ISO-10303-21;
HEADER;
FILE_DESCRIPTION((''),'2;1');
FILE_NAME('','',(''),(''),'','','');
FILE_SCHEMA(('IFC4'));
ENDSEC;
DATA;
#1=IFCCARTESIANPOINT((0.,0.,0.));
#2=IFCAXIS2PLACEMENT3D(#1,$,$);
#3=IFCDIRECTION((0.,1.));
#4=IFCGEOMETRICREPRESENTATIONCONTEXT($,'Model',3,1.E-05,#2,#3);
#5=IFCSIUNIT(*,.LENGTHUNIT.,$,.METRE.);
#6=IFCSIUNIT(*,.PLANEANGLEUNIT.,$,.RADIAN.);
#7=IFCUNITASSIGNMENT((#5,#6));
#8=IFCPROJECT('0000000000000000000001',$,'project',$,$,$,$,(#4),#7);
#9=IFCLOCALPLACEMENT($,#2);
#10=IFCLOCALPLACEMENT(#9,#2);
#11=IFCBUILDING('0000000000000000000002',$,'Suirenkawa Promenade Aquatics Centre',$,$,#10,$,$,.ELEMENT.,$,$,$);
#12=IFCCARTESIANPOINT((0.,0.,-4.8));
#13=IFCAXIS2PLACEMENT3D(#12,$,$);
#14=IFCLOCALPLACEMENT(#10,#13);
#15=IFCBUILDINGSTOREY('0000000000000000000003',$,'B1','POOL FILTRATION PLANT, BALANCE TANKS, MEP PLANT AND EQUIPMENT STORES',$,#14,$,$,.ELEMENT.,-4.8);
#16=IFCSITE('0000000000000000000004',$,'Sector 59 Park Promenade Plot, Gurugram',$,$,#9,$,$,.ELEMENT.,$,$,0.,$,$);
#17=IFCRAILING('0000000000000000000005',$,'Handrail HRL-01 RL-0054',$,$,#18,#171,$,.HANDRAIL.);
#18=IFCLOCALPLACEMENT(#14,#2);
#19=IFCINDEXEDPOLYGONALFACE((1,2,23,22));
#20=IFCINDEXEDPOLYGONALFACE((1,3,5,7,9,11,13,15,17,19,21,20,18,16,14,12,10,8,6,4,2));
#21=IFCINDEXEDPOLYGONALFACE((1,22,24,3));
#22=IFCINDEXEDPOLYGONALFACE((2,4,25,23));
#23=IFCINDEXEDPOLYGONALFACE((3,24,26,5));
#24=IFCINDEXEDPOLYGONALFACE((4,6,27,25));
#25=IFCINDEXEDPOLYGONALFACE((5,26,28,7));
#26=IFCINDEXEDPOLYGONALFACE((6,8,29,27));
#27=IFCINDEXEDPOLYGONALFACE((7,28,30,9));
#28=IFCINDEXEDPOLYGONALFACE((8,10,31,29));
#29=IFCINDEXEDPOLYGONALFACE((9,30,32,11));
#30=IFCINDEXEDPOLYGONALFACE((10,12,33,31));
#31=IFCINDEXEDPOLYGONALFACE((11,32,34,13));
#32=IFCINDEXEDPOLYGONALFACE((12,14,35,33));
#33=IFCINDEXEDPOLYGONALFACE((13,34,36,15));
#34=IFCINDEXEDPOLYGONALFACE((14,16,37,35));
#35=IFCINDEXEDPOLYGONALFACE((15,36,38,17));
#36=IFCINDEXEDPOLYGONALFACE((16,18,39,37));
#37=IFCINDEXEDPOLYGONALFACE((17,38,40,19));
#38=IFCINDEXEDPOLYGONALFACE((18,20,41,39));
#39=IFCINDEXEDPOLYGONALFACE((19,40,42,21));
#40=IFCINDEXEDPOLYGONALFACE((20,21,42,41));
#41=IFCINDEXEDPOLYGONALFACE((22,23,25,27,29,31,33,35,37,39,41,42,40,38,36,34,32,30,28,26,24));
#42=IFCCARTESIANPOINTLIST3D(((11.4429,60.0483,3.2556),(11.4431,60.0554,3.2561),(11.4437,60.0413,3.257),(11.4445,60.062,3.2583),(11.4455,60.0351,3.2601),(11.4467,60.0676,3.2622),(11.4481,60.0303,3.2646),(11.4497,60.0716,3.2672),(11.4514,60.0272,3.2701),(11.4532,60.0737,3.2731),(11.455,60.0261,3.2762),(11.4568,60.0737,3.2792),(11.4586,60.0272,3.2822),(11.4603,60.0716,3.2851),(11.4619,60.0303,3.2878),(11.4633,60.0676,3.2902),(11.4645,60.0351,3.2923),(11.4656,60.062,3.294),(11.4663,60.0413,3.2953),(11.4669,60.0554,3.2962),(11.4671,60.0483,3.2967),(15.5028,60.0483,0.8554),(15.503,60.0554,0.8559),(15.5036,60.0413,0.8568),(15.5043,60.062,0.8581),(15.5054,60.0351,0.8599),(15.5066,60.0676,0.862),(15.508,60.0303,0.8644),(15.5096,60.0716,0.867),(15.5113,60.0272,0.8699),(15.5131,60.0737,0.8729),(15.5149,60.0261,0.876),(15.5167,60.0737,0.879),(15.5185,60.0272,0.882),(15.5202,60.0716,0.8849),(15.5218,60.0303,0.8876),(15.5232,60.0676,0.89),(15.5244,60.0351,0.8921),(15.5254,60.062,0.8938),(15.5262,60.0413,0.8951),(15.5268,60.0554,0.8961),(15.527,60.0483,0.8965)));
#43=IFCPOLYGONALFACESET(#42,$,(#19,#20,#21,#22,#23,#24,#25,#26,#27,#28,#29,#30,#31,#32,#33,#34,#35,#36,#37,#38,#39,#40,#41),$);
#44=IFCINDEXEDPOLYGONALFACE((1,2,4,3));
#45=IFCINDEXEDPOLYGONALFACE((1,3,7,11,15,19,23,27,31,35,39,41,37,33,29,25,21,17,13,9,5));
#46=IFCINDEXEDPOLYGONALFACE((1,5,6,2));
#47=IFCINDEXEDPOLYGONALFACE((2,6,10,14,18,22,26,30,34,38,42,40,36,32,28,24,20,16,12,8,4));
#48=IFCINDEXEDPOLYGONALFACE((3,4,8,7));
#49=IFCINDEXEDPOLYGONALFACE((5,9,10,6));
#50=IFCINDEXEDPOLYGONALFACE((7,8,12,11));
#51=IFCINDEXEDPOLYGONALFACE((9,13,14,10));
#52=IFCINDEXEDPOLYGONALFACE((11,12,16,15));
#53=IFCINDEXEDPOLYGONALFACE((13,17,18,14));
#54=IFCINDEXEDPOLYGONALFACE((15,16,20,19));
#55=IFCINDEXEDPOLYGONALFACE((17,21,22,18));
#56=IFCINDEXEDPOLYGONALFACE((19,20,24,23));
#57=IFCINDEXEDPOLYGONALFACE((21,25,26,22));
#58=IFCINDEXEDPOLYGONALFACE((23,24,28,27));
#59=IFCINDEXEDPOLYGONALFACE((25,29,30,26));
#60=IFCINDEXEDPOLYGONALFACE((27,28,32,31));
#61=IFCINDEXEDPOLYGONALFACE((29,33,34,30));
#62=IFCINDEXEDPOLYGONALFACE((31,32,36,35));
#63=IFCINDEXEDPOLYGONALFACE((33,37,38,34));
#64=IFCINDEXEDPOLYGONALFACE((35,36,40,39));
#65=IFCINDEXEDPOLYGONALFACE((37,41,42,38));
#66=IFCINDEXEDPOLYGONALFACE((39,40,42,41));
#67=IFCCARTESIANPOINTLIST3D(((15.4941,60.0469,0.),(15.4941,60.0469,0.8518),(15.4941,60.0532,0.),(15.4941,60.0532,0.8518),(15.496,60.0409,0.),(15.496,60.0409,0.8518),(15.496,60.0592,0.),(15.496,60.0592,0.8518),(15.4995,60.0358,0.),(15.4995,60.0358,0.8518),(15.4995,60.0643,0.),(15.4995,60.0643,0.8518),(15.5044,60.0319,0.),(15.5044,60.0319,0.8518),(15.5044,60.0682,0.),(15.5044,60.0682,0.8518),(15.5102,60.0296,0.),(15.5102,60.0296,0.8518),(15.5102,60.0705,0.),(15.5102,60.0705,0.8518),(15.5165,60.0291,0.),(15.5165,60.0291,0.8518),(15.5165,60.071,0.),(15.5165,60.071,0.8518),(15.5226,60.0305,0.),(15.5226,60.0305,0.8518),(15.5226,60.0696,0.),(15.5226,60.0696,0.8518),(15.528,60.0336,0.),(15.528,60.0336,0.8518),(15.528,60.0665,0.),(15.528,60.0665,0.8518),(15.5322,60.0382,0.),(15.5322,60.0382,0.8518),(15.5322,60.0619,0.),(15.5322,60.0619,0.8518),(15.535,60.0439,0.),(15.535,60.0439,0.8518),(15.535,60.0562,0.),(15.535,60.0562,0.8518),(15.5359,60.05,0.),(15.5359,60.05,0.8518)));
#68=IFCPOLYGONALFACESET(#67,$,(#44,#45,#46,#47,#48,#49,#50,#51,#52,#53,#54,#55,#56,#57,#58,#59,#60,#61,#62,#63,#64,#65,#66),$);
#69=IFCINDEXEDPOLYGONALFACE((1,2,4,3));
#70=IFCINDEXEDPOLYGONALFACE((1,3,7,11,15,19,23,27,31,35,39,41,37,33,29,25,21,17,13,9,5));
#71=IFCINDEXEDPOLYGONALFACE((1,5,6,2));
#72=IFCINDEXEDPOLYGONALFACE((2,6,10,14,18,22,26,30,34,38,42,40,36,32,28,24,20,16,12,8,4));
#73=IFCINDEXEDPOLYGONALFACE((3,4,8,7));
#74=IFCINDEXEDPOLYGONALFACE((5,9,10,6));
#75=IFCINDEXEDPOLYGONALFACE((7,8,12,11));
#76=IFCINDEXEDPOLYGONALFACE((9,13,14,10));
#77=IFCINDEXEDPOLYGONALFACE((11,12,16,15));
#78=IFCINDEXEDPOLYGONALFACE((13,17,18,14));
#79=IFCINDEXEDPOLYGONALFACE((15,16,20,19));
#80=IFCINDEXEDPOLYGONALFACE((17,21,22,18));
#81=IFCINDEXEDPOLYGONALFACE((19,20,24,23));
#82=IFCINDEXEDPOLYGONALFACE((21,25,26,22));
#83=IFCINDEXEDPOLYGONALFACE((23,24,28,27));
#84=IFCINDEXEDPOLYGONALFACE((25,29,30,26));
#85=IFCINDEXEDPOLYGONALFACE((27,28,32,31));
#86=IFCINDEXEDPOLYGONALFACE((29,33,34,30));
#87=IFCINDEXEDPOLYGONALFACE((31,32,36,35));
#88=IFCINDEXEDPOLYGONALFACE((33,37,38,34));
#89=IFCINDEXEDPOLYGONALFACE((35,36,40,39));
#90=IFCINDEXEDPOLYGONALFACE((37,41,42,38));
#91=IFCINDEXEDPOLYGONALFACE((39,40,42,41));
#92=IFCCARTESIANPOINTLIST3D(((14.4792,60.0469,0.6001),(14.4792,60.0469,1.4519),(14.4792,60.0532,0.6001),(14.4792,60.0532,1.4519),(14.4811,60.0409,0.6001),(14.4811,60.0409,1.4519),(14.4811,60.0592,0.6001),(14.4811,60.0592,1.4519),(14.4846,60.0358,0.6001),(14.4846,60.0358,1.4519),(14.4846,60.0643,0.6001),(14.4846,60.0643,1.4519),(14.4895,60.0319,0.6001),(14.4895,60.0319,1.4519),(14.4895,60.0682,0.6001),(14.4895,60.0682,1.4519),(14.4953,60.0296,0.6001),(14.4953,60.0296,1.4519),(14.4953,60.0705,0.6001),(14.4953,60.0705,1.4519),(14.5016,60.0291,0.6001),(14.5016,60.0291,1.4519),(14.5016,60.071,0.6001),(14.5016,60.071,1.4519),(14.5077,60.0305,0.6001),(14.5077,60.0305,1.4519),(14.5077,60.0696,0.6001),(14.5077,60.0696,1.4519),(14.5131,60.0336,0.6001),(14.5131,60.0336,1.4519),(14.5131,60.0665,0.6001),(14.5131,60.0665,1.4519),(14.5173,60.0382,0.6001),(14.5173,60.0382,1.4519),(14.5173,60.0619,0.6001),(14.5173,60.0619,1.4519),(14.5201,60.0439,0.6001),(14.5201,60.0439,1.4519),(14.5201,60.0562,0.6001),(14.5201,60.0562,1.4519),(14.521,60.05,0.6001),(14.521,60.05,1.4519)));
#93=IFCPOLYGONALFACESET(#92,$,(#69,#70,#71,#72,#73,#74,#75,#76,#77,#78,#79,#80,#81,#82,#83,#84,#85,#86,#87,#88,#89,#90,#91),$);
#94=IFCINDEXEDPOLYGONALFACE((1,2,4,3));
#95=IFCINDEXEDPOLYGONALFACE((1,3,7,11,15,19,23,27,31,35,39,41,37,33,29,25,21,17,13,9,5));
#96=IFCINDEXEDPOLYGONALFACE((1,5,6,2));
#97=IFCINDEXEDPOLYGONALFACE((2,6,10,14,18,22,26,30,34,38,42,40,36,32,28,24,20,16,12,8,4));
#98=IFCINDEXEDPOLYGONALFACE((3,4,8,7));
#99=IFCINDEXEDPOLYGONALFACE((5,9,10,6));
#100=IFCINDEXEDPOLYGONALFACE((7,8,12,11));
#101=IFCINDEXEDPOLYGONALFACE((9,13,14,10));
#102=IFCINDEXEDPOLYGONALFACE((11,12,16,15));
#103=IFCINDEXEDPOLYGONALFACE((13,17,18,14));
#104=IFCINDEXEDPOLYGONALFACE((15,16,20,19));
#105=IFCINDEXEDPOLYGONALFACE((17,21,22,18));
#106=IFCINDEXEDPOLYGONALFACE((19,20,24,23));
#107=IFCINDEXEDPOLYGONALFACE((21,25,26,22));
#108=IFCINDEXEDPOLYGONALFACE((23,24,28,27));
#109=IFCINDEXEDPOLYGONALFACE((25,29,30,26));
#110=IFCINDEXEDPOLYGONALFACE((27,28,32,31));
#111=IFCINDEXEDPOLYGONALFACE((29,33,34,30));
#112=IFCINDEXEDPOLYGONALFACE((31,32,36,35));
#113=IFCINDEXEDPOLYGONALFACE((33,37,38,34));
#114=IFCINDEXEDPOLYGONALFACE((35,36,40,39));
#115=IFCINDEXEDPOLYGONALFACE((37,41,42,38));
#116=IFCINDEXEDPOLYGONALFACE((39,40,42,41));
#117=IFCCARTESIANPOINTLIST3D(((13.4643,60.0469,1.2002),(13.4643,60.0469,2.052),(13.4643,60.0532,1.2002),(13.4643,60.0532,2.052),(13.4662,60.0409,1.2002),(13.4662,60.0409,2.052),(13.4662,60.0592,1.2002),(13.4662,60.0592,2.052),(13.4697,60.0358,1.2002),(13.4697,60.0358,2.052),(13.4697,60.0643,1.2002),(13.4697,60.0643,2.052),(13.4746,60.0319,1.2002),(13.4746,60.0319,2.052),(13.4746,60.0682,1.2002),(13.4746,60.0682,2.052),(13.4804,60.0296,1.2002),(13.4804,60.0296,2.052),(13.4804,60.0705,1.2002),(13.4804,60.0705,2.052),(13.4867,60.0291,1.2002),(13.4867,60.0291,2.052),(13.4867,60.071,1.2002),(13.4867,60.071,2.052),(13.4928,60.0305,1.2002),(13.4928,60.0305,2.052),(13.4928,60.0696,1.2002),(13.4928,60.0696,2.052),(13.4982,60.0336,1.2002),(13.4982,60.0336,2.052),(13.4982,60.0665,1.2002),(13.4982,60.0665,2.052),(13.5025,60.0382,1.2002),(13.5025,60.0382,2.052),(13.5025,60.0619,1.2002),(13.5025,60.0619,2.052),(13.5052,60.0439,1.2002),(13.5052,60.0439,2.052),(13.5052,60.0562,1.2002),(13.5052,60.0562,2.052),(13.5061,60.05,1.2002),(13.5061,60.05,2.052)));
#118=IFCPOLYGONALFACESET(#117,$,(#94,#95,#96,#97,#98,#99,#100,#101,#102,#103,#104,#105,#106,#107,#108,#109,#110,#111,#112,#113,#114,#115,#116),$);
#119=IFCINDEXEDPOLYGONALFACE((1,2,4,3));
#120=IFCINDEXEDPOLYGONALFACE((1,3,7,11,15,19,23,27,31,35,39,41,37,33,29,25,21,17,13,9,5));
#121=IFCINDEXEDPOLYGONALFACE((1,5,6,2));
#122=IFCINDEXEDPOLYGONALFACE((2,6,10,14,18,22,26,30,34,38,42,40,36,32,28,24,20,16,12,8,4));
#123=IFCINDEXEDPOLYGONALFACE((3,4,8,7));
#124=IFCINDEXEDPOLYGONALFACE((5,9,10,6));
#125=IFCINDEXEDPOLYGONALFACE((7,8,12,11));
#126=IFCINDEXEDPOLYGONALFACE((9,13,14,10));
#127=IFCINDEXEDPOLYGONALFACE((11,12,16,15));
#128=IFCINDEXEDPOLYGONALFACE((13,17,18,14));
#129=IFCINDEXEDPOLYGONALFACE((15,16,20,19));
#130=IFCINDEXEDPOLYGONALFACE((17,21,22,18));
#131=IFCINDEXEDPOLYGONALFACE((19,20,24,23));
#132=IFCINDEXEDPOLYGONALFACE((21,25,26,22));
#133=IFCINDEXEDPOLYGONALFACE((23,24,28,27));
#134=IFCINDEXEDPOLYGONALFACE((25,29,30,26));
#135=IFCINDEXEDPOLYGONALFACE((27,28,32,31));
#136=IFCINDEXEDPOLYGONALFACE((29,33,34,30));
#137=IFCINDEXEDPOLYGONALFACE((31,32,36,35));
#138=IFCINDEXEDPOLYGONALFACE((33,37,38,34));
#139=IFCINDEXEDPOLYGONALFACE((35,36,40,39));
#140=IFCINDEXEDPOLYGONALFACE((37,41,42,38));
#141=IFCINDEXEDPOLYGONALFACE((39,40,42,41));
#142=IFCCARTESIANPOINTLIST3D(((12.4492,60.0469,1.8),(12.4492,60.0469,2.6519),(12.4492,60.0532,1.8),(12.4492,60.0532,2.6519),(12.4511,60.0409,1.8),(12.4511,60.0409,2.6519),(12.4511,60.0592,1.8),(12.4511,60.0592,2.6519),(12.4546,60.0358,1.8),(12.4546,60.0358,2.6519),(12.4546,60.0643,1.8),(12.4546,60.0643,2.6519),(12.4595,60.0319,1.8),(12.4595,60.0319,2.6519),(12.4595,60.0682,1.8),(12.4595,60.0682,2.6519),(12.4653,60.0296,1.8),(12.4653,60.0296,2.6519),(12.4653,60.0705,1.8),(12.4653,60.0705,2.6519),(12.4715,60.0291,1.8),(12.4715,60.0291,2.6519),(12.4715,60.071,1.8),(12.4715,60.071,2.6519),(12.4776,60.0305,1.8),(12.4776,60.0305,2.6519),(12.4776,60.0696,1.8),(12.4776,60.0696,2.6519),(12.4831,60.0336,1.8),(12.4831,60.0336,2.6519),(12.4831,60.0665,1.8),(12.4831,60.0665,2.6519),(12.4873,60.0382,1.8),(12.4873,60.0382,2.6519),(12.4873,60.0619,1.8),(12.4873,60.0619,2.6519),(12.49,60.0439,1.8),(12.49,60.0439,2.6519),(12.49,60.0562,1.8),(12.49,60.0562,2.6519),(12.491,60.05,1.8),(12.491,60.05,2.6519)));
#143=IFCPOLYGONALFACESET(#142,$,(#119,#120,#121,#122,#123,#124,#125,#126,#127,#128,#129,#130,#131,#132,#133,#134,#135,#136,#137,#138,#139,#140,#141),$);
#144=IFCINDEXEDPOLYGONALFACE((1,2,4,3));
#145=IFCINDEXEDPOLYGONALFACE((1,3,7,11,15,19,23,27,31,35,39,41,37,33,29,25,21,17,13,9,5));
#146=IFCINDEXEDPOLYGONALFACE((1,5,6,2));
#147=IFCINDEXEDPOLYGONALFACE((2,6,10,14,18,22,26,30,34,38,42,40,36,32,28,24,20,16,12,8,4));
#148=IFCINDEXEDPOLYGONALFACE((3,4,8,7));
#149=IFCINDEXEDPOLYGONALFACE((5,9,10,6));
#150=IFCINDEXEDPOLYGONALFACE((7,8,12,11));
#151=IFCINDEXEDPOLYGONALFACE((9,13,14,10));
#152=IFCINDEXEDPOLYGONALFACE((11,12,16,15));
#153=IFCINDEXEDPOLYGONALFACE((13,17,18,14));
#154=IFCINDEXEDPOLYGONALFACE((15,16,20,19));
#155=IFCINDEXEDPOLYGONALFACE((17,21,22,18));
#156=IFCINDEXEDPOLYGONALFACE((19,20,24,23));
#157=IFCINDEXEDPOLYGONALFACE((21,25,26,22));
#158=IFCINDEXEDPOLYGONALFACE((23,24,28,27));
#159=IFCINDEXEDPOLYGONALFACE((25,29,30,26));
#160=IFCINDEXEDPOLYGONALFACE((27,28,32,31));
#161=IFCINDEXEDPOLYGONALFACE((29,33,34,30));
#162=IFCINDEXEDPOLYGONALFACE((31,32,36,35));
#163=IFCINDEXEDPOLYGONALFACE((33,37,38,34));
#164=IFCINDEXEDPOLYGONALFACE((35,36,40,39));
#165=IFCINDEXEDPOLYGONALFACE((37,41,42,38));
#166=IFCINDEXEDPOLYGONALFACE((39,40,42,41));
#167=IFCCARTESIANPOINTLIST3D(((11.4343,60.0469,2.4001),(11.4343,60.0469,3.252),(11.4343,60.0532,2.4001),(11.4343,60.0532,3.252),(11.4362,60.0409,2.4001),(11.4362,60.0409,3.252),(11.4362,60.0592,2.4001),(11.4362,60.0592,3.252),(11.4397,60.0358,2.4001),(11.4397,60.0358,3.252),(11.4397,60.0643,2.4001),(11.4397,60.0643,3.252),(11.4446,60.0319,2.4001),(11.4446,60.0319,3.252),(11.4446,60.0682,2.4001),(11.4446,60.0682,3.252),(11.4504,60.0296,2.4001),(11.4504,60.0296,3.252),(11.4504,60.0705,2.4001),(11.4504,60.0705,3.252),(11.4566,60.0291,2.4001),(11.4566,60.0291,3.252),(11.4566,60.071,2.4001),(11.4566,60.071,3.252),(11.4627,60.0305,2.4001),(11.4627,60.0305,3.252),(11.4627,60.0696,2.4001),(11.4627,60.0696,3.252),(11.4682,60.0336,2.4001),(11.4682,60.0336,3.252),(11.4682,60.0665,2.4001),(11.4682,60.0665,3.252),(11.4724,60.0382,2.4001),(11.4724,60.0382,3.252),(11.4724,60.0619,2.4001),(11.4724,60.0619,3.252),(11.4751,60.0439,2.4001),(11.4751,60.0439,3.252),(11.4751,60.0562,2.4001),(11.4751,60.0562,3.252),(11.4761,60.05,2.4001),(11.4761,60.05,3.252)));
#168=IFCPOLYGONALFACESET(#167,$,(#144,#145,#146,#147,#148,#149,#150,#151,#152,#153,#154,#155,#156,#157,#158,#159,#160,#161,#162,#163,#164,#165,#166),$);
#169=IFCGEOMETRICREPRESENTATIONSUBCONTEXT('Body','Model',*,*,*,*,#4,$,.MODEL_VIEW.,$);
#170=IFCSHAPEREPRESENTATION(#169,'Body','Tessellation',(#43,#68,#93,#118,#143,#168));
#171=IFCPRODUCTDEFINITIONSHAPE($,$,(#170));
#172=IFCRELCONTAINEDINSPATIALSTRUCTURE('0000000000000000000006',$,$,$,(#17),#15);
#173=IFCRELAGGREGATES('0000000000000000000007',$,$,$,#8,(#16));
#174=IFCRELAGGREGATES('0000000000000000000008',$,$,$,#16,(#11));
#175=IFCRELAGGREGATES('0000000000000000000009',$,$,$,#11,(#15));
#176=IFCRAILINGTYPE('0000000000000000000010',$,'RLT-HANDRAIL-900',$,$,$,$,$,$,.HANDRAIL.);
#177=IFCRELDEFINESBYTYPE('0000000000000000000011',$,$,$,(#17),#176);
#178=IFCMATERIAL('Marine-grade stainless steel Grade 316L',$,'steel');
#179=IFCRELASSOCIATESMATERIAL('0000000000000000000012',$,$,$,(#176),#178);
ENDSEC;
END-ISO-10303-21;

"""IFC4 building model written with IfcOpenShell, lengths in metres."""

from ifc_helpers import new_model, si_unit, direction, frame, origin, origin_2d, place, context, subcontext, project, spatial, circle, extrude, material, type_object, element, save


model = new_model("IFC4")

# Units and contexts
model_context = context("Model", 3, precision=1e-05, world=origin(), true_north=direction((0.0, 1.0)))
body_context = subcontext(model_context, "Body", "Model", "MODEL_VIEW")
ifc_project = project(units=[si_unit("LENGTHUNIT", "METRE"), si_unit("PLANEANGLEUNIT", "RADIAN")], contexts=[model_context])

# Site, building, storey
site_placement = place(None, origin())
site = spatial("IfcSite", under=ifc_project, at=site_placement, Name="Sector 59 Park Promenade Plot, Gurugram", CompositionType="ELEMENT", RefElevation=0.0)
building_placement = place(site_placement, origin())
building = spatial("IfcBuilding", under=site, at=building_placement, Name="Suirenkawa Promenade Aquatics Centre", CompositionType="ELEMENT")
storey_placement = place(building_placement, frame((0.0, 0.0, -4.8)))
storey = spatial("IfcBuildingStorey", under=building, at=storey_placement, Name="B1", Description="POOL FILTRATION PLANT, BALANCE TANKS, MEP PLANT AND EQUIPMENT STORES", CompositionType="ELEMENT", Elevation=-4.8)

# Railing
ifc_material_1 = material(Name="Marine-grade stainless steel Grade 316L", Category="steel")
railing_type_1 = type_object("IfcRailingType", Name="RLT-HANDRAIL-900", PredefinedType="HANDRAIL", material=ifc_material_1)
for number, where, name in (
    (1, (15.5149, 60.05, 0.0), "Handrail HRL-01 RL-0054"),
):
    element("IfcRailing", number, at=place(storey_placement, frame(where)), inside=storey, type_object=railing_type_1, Name=name, PredefinedType="HANDRAIL", context=body_context, shape_type="SweptSolid", body=[
        extrude(circle(Radius=0.0239, at=origin_2d()), frame((0.0, 0.0, 0.876), z_axis=(-0.860818, 0.0, 0.508912), x_axis=(0.0, -1.0, 0.0)), (0.0, 0.0, 1.0), 4.7163),
        extrude(circle(Radius=0.021, at=origin_2d()), origin(), (0.0, 0.0, 1.0), 0.8518),
        extrude(circle(Radius=0.021, at=origin_2d()), frame((-1.0149, 0.0, 0.6001)), (0.0, 0.0, 1.0), 0.8518),
        extrude(circle(Radius=0.021, at=origin_2d()), frame((-2.0298, 0.0, 1.2002)), (0.0, 0.0, 1.0), 0.8518),
        extrude(circle(Radius=0.021, at=origin_2d()), frame((-3.0449, 0.0, 1.8)), (0.0, 0.0, 1.0), 0.8518),
        extrude(circle(Radius=0.021, at=origin_2d()), frame((-4.0598, 0.0, 2.4001)), (0.0, 0.0, 1.0), 0.8518),
    ])

save(model, "model.ifc")
